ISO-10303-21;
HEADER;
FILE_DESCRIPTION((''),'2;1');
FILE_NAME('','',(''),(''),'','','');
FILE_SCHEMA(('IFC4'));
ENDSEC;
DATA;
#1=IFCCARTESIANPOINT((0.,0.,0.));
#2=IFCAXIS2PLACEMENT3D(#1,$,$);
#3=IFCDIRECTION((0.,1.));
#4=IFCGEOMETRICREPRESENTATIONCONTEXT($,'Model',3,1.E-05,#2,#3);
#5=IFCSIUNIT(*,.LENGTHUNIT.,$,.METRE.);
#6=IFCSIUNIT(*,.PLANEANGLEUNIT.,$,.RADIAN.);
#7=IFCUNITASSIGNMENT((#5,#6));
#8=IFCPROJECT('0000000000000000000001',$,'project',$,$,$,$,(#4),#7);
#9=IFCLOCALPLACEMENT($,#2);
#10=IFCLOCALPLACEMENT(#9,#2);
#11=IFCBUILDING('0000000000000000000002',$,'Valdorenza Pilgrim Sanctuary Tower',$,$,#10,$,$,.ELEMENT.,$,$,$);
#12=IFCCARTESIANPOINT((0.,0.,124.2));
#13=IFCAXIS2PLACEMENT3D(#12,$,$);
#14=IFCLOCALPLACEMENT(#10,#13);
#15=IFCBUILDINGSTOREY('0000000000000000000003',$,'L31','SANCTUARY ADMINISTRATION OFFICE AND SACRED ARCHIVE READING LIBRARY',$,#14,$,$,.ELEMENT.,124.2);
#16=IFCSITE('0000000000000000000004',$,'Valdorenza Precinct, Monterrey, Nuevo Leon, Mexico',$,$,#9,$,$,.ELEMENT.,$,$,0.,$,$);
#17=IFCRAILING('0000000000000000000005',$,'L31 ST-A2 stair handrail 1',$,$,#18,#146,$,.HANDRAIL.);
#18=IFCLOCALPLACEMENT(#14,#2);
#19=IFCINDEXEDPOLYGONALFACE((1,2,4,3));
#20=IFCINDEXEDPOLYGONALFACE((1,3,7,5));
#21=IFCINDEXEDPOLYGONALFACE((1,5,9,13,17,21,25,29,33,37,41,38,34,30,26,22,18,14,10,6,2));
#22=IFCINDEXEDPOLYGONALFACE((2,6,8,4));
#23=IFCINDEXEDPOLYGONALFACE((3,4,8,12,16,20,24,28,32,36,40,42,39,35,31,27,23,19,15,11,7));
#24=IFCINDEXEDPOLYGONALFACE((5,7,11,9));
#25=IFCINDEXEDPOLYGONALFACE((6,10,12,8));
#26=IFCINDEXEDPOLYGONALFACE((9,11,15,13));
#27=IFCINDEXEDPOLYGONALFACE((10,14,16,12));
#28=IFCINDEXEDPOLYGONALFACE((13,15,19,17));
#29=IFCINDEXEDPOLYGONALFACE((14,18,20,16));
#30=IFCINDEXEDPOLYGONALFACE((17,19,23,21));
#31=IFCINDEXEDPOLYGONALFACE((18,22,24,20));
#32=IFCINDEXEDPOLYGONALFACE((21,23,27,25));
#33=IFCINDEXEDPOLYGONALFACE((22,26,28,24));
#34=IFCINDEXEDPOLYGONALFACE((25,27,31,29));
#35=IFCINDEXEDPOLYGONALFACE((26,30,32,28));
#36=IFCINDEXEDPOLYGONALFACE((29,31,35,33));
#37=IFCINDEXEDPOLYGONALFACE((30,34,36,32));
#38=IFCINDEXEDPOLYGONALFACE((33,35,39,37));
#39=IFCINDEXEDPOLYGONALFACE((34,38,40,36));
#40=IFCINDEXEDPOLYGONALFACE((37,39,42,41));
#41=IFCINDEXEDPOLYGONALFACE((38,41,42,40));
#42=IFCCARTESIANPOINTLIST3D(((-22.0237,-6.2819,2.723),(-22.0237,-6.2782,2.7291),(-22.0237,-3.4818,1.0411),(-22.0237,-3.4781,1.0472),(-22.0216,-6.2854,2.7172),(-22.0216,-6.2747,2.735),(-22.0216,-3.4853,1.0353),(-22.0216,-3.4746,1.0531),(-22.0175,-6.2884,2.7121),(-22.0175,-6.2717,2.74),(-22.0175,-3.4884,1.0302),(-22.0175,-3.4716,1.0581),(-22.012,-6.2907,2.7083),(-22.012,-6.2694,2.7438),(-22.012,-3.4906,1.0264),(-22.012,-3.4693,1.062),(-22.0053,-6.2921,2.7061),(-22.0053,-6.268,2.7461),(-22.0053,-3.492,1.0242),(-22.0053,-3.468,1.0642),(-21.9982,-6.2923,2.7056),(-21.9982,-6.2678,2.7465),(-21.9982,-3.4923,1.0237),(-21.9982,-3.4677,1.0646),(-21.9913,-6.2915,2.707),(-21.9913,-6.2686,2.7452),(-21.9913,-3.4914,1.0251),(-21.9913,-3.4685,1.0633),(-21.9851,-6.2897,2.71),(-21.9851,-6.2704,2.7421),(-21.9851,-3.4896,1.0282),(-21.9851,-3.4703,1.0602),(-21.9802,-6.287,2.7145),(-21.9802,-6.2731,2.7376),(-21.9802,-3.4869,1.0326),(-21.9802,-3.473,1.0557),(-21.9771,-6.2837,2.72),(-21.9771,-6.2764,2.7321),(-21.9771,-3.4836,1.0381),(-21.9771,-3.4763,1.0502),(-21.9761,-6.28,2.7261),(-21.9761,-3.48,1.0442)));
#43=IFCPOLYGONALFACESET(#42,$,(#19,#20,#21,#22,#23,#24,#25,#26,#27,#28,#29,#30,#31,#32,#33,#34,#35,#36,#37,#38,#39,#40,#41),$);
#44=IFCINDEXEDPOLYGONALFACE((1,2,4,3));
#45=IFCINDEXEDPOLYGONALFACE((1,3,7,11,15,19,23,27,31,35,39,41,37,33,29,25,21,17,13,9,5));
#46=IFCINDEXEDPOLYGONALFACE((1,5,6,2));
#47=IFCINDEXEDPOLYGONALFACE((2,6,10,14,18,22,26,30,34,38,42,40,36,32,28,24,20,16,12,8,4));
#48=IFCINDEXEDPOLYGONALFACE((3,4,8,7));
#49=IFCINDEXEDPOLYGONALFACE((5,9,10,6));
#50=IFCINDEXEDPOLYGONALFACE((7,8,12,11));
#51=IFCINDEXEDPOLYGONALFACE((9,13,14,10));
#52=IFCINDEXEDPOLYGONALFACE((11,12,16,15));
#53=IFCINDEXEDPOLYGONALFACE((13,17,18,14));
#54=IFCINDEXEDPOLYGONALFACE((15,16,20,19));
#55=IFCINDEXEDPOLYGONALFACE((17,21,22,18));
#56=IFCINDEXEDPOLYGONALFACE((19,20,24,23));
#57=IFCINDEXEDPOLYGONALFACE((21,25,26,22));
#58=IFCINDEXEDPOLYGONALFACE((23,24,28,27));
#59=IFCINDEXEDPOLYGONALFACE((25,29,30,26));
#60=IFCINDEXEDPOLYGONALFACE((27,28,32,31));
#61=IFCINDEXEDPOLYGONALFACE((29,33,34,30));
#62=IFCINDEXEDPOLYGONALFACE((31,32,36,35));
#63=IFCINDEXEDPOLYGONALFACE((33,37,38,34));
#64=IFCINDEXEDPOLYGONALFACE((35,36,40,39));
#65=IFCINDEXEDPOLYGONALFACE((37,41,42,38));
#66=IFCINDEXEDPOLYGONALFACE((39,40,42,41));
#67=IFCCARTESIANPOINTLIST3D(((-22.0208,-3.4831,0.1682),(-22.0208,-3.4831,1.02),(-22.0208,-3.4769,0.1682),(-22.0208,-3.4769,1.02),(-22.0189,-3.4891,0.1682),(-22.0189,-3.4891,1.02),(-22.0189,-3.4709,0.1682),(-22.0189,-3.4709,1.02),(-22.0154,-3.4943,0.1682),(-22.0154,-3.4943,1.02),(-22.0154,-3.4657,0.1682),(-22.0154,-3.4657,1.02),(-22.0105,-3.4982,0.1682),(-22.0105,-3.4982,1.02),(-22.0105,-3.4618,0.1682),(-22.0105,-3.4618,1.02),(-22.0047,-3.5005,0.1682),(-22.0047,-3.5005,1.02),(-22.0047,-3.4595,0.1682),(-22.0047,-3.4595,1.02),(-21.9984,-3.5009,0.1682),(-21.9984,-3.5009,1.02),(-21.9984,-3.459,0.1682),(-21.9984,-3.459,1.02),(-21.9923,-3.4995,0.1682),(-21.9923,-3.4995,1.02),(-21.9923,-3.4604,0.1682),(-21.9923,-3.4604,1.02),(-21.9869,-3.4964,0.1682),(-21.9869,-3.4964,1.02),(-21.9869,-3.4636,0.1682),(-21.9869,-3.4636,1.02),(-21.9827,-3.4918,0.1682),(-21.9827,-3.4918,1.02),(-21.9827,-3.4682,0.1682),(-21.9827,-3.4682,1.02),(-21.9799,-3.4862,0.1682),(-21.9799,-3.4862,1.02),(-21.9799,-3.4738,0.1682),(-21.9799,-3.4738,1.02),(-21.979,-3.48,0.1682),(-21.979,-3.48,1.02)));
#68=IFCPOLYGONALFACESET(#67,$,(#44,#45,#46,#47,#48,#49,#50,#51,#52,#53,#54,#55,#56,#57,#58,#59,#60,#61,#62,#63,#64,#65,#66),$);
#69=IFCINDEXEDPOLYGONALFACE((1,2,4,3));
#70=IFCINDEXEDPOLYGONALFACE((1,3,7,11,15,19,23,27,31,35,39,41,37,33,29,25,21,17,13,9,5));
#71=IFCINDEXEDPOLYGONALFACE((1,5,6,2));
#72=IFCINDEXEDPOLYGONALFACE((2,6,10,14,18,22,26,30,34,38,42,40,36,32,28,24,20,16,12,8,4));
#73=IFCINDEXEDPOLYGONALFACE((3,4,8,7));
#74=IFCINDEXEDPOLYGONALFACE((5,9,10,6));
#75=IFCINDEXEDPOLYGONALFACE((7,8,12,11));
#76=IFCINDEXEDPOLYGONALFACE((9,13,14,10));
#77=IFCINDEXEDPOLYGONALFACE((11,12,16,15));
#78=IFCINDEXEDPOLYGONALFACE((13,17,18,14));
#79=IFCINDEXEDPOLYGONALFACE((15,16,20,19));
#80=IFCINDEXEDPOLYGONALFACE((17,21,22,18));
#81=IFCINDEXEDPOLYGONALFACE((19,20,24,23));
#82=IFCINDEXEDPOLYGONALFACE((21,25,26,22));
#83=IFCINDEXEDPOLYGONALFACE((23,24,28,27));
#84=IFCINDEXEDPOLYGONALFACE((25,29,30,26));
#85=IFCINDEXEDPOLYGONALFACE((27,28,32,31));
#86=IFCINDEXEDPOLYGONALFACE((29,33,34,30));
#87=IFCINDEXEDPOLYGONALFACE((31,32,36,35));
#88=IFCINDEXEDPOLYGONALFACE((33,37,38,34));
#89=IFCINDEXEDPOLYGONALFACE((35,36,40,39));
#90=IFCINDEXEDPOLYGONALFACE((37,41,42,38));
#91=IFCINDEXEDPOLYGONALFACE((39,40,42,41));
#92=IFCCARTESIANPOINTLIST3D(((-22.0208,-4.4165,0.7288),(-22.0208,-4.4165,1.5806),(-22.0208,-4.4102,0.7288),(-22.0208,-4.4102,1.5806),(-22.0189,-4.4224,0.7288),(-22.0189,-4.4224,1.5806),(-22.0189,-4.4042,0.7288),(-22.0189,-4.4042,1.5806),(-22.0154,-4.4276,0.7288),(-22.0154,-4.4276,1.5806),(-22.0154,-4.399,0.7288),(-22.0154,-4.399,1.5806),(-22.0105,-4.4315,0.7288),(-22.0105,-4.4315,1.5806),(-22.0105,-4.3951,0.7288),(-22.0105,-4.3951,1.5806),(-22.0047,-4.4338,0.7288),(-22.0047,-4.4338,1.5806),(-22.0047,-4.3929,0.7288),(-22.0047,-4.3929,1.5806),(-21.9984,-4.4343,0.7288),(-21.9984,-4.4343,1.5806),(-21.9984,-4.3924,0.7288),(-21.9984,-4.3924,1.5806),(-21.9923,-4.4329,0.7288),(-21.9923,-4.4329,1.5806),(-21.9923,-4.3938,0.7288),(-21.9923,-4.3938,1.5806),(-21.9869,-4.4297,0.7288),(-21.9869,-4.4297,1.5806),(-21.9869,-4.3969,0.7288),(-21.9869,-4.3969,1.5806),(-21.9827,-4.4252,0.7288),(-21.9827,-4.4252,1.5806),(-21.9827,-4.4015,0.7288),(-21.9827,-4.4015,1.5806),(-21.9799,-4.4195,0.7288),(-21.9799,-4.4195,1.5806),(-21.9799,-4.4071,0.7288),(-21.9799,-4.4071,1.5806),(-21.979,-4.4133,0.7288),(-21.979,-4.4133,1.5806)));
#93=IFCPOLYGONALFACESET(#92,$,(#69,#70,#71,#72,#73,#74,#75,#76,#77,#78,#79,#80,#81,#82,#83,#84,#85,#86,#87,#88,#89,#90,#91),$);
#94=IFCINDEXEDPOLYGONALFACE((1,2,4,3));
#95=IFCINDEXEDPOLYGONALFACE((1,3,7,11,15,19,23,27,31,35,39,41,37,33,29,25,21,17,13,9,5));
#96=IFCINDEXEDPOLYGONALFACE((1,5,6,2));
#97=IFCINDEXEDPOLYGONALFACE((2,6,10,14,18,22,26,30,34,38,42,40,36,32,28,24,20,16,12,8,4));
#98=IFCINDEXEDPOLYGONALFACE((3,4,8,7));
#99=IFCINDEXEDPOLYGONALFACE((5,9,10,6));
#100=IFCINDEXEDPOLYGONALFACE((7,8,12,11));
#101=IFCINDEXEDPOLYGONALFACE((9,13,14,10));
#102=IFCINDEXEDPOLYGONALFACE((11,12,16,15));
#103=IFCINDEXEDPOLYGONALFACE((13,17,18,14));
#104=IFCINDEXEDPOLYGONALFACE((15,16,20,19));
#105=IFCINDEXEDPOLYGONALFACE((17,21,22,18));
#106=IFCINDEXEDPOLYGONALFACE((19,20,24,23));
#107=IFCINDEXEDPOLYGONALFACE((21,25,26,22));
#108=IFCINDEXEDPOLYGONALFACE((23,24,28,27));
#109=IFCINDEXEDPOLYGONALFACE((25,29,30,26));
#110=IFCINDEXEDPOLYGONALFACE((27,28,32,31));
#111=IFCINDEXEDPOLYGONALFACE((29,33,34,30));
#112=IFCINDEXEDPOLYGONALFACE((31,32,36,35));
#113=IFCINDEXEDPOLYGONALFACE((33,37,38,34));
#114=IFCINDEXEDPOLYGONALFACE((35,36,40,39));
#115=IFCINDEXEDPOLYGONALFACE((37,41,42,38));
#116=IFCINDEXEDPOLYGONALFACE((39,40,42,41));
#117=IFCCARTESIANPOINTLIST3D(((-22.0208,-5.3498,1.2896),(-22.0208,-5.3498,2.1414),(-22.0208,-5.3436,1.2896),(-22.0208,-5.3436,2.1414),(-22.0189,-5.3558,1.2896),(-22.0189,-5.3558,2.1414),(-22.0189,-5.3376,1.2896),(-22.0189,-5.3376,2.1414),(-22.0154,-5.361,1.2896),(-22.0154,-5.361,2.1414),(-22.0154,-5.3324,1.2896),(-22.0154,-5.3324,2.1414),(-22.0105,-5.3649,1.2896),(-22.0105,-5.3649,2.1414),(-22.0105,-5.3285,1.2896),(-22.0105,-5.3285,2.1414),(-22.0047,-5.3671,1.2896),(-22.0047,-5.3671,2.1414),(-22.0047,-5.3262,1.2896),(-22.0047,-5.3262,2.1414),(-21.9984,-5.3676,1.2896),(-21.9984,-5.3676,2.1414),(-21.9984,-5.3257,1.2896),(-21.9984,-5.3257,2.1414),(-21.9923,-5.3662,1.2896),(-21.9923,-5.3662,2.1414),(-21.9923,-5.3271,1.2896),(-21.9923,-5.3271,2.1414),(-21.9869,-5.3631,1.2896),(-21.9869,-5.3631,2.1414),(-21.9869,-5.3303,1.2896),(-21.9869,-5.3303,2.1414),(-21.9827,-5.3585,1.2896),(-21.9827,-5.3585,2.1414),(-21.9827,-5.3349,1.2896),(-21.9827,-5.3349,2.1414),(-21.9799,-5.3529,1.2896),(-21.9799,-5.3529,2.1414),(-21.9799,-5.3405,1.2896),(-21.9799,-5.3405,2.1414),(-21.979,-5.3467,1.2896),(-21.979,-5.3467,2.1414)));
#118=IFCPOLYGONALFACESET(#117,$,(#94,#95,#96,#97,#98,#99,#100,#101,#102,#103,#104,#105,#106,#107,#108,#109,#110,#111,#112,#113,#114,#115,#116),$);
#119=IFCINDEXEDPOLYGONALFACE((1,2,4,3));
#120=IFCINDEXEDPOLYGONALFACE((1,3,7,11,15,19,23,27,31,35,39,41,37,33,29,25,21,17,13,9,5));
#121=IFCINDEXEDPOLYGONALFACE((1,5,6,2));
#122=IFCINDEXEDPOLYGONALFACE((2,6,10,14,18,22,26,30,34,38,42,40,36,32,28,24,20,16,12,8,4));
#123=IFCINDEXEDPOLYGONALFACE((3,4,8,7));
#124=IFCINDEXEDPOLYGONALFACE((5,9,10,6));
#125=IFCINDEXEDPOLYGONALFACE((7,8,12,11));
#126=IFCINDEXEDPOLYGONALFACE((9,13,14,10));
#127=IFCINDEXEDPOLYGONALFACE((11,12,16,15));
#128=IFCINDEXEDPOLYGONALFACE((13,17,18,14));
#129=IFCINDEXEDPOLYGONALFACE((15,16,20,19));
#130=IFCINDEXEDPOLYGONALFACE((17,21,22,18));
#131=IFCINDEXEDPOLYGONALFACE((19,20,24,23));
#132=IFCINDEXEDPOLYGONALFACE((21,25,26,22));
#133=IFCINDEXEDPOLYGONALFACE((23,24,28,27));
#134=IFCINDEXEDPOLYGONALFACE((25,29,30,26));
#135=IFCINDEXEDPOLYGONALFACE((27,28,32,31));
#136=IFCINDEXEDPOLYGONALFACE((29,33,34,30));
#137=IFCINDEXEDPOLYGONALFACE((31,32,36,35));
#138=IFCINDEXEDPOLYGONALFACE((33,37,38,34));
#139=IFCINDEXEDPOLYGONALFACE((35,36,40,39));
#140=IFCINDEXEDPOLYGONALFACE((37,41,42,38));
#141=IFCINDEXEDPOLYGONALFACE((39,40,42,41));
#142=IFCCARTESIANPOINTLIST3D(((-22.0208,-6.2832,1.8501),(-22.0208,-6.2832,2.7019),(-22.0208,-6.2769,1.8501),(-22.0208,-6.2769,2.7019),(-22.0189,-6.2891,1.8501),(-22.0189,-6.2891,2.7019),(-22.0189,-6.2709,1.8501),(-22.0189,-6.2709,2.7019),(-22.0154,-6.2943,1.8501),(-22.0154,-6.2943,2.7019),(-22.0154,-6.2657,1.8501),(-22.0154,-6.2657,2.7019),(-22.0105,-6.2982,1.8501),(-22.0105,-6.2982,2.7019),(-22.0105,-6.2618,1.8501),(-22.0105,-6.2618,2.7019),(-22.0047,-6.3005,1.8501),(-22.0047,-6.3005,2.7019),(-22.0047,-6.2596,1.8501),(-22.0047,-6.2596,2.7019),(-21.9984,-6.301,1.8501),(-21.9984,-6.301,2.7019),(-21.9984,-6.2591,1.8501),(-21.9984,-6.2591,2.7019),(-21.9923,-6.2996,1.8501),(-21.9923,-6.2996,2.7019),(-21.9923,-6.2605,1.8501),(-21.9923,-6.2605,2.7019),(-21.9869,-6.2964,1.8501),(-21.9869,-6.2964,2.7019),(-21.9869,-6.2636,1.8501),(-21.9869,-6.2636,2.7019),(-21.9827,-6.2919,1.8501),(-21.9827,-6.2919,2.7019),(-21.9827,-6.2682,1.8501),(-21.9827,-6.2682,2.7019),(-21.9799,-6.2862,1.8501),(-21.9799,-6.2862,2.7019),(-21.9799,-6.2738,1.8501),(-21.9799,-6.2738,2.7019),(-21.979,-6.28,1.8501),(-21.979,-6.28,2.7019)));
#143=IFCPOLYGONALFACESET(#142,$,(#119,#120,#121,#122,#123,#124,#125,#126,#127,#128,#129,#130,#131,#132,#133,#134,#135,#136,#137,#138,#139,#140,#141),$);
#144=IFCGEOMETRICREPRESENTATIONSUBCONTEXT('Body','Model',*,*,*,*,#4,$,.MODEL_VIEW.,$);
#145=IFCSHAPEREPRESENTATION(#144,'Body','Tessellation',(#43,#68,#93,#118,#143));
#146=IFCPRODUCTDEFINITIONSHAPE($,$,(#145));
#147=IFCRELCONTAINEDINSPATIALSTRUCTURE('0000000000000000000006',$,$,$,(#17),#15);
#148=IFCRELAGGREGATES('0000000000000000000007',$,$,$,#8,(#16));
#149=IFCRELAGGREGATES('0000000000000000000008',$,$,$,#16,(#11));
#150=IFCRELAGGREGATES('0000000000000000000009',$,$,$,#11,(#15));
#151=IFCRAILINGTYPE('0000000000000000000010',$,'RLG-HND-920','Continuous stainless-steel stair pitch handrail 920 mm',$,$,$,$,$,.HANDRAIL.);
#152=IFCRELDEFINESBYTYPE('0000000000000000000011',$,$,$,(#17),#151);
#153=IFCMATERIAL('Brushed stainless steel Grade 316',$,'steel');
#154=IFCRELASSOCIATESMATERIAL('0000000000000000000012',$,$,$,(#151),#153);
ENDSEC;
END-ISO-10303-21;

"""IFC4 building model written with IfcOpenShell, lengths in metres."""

from ifc_helpers import new_model, si_unit, direction, frame, origin, origin_2d, place, context, subcontext, project, spatial, circle, extrude, material, type_object, element, save


model = new_model("IFC4")

# Units and contexts
model_context = context("Model", 3, precision=1e-05, world=origin(), true_north=direction((0.0, 1.0)))
body_context = subcontext(model_context, "Body", "Model", "MODEL_VIEW")
ifc_project = project(units=[si_unit("LENGTHUNIT", "METRE"), si_unit("PLANEANGLEUNIT", "RADIAN")], contexts=[model_context])

# Site, building, storey
site_placement = place(None, origin())
site = spatial("IfcSite", under=ifc_project, at=site_placement, Name="Valdorenza Precinct, Monterrey, Nuevo Leon, Mexico", CompositionType="ELEMENT", RefElevation=0.0)
building_placement = place(site_placement, origin())
building = spatial("IfcBuilding", under=site, at=building_placement, Name="Valdorenza Pilgrim Sanctuary Tower", CompositionType="ELEMENT")
storey_placement = place(building_placement, frame((0.0, 0.0, 124.2)))
storey = spatial("IfcBuildingStorey", under=building, at=storey_placement, Name="L31", Description="SANCTUARY ADMINISTRATION OFFICE AND SACRED ARCHIVE READING LIBRARY", CompositionType="ELEMENT", Elevation=124.2)

# Railing
ifc_material_1 = material(Name="Brushed stainless steel Grade 316", Category="steel")
railing_type_1 = type_object("IfcRailingType", Name="RLG-HND-920", Description="Continuous stainless-steel stair pitch handrail 920 mm", PredefinedType="HANDRAIL", material=ifc_material_1)
railing_1_placement = place(storey_placement, frame((-22.0, -3.48, 0.1682)))
element("IfcRailing", 1, at=railing_1_placement, inside=storey, type_object=railing_type_1, Name="L31 ST-A2 stair handrail 1", PredefinedType="HANDRAIL", context=body_context, shape_type="SweptSolid", body=[
    extrude(circle(Radius=0.0239, at=origin_2d()), frame((0.0, 0.0, 0.876), z_axis=(0.0, -0.857242, 0.514913), x_axis=(1.0, 0.0, 0.0)), (0.0, 0.0, 1.0), 3.2664),
    extrude(circle(Radius=0.021, at=origin_2d()), origin(), (0.0, 0.0, 1.0), 0.8518),
    extrude(circle(Radius=0.021, at=origin_2d()), frame((0.0, -0.9333, 0.5605)), (0.0, 0.0, 1.0), 0.8518),
    extrude(circle(Radius=0.021, at=origin_2d()), frame((0.0, -1.8667, 1.1213)), (0.0, 0.0, 1.0), 0.8518),
    extrude(circle(Radius=0.021, at=origin_2d()), frame((0.0, -2.8, 1.6819)), (0.0, 0.0, 1.0), 0.8518),
])

save(model, "model.ifc")
